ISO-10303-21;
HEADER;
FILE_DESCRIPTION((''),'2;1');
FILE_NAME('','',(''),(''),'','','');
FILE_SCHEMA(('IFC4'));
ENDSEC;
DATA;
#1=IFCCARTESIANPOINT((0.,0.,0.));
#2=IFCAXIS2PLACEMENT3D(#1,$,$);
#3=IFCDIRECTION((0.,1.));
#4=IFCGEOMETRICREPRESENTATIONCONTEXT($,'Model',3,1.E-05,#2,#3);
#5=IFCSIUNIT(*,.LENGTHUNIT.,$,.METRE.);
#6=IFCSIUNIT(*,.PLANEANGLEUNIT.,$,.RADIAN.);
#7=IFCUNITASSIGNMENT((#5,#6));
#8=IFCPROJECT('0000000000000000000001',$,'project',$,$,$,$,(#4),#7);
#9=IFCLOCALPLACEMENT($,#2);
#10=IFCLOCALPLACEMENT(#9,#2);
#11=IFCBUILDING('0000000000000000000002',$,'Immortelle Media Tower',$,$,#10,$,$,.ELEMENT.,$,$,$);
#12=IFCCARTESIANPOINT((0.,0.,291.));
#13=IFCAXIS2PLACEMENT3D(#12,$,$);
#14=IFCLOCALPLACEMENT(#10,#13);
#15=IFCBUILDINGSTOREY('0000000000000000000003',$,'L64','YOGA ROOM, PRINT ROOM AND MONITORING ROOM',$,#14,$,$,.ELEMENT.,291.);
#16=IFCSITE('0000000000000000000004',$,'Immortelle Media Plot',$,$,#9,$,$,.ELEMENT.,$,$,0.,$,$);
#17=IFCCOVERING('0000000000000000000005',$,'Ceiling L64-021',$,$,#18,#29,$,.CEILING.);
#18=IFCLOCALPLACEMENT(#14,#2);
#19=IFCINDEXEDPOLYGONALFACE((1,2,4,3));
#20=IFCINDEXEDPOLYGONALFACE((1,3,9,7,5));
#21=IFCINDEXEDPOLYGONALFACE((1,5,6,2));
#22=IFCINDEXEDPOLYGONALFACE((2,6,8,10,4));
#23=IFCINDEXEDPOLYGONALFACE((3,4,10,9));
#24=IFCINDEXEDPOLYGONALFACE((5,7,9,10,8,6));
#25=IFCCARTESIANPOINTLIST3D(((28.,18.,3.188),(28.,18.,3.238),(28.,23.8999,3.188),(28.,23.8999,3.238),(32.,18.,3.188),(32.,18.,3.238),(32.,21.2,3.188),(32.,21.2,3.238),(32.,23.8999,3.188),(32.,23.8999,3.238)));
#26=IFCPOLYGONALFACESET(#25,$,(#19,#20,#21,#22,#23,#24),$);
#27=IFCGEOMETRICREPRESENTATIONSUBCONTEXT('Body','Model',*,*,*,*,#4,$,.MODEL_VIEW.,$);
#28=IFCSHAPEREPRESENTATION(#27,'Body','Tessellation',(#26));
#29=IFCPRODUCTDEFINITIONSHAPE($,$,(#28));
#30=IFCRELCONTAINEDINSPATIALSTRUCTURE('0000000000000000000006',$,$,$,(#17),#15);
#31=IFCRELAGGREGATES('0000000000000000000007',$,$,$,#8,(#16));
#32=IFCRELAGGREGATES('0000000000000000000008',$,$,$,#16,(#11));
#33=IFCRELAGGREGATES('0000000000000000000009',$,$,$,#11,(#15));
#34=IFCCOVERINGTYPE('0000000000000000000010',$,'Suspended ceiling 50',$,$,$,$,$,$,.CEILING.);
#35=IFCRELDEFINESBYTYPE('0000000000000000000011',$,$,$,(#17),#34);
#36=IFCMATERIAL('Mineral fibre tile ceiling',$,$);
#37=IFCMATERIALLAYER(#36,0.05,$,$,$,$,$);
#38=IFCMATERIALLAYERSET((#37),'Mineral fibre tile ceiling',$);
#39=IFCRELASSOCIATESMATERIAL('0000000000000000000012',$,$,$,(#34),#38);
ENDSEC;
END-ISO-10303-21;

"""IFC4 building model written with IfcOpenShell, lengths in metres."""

from ifc_helpers import new_model, si_unit, direction, frame, origin, place, context, subcontext, project, spatial, polyline, outline, extrude, material, layer, layer_set, type_object, element, save


model = new_model("IFC4")

# Units and contexts
model_context = context("Model", 3, precision=1e-05, world=origin(), true_north=direction((0.0, 1.0)))
body_context = subcontext(model_context, "Body", "Model", "MODEL_VIEW")
ifc_project = project(units=[si_unit("LENGTHUNIT", "METRE"), si_unit("PLANEANGLEUNIT", "RADIAN")], contexts=[model_context])

# Site, building, storey
site_placement = place(None, origin())
site = spatial("IfcSite", under=ifc_project, at=site_placement, Name="Immortelle Media Plot", CompositionType="ELEMENT", RefElevation=0.0)
building_placement = place(site_placement, origin())
building = spatial("IfcBuilding", under=site, at=building_placement, Name="Immortelle Media Tower", CompositionType="ELEMENT")
storey_placement = place(building_placement, frame((0.0, 0.0, 291.0)))
storey = spatial("IfcBuildingStorey", under=building, at=storey_placement, Name="L64", Description="YOGA ROOM, PRINT ROOM AND MONITORING ROOM", CompositionType="ELEMENT", Elevation=291.0)

# Covering
ifc_material_1 = material(Name="Mineral fibre tile ceiling")
ifc_layer_1 = layer(ifc_material_1, 0.05)
ifc_layer_set_1 = layer_set([ifc_layer_1], Name="Mineral fibre tile ceiling")
covering_type = type_object("IfcCoveringType", Name="Suspended ceiling 50", PredefinedType="CEILING", material=ifc_layer_set_1)
covering_1_placement = place(storey_placement, frame((0.0, 0.0, 3.188)))
element("IfcCovering", 1, at=covering_1_placement, inside=storey, type_object=covering_type, Name="Ceiling L64-021", PredefinedType="CEILING", context=body_context, shape_type="SweptSolid", body=[
    extrude(outline(polyline([(32.0, 23.8999), (32.0, 21.2), (32.0, 18.0), (28.0, 18.0), (28.0, 23.8999), (32.0, 23.8999)])), origin(), (0.0, 0.0, 1.0), 0.05),
])

save(model, "model.ifc")
